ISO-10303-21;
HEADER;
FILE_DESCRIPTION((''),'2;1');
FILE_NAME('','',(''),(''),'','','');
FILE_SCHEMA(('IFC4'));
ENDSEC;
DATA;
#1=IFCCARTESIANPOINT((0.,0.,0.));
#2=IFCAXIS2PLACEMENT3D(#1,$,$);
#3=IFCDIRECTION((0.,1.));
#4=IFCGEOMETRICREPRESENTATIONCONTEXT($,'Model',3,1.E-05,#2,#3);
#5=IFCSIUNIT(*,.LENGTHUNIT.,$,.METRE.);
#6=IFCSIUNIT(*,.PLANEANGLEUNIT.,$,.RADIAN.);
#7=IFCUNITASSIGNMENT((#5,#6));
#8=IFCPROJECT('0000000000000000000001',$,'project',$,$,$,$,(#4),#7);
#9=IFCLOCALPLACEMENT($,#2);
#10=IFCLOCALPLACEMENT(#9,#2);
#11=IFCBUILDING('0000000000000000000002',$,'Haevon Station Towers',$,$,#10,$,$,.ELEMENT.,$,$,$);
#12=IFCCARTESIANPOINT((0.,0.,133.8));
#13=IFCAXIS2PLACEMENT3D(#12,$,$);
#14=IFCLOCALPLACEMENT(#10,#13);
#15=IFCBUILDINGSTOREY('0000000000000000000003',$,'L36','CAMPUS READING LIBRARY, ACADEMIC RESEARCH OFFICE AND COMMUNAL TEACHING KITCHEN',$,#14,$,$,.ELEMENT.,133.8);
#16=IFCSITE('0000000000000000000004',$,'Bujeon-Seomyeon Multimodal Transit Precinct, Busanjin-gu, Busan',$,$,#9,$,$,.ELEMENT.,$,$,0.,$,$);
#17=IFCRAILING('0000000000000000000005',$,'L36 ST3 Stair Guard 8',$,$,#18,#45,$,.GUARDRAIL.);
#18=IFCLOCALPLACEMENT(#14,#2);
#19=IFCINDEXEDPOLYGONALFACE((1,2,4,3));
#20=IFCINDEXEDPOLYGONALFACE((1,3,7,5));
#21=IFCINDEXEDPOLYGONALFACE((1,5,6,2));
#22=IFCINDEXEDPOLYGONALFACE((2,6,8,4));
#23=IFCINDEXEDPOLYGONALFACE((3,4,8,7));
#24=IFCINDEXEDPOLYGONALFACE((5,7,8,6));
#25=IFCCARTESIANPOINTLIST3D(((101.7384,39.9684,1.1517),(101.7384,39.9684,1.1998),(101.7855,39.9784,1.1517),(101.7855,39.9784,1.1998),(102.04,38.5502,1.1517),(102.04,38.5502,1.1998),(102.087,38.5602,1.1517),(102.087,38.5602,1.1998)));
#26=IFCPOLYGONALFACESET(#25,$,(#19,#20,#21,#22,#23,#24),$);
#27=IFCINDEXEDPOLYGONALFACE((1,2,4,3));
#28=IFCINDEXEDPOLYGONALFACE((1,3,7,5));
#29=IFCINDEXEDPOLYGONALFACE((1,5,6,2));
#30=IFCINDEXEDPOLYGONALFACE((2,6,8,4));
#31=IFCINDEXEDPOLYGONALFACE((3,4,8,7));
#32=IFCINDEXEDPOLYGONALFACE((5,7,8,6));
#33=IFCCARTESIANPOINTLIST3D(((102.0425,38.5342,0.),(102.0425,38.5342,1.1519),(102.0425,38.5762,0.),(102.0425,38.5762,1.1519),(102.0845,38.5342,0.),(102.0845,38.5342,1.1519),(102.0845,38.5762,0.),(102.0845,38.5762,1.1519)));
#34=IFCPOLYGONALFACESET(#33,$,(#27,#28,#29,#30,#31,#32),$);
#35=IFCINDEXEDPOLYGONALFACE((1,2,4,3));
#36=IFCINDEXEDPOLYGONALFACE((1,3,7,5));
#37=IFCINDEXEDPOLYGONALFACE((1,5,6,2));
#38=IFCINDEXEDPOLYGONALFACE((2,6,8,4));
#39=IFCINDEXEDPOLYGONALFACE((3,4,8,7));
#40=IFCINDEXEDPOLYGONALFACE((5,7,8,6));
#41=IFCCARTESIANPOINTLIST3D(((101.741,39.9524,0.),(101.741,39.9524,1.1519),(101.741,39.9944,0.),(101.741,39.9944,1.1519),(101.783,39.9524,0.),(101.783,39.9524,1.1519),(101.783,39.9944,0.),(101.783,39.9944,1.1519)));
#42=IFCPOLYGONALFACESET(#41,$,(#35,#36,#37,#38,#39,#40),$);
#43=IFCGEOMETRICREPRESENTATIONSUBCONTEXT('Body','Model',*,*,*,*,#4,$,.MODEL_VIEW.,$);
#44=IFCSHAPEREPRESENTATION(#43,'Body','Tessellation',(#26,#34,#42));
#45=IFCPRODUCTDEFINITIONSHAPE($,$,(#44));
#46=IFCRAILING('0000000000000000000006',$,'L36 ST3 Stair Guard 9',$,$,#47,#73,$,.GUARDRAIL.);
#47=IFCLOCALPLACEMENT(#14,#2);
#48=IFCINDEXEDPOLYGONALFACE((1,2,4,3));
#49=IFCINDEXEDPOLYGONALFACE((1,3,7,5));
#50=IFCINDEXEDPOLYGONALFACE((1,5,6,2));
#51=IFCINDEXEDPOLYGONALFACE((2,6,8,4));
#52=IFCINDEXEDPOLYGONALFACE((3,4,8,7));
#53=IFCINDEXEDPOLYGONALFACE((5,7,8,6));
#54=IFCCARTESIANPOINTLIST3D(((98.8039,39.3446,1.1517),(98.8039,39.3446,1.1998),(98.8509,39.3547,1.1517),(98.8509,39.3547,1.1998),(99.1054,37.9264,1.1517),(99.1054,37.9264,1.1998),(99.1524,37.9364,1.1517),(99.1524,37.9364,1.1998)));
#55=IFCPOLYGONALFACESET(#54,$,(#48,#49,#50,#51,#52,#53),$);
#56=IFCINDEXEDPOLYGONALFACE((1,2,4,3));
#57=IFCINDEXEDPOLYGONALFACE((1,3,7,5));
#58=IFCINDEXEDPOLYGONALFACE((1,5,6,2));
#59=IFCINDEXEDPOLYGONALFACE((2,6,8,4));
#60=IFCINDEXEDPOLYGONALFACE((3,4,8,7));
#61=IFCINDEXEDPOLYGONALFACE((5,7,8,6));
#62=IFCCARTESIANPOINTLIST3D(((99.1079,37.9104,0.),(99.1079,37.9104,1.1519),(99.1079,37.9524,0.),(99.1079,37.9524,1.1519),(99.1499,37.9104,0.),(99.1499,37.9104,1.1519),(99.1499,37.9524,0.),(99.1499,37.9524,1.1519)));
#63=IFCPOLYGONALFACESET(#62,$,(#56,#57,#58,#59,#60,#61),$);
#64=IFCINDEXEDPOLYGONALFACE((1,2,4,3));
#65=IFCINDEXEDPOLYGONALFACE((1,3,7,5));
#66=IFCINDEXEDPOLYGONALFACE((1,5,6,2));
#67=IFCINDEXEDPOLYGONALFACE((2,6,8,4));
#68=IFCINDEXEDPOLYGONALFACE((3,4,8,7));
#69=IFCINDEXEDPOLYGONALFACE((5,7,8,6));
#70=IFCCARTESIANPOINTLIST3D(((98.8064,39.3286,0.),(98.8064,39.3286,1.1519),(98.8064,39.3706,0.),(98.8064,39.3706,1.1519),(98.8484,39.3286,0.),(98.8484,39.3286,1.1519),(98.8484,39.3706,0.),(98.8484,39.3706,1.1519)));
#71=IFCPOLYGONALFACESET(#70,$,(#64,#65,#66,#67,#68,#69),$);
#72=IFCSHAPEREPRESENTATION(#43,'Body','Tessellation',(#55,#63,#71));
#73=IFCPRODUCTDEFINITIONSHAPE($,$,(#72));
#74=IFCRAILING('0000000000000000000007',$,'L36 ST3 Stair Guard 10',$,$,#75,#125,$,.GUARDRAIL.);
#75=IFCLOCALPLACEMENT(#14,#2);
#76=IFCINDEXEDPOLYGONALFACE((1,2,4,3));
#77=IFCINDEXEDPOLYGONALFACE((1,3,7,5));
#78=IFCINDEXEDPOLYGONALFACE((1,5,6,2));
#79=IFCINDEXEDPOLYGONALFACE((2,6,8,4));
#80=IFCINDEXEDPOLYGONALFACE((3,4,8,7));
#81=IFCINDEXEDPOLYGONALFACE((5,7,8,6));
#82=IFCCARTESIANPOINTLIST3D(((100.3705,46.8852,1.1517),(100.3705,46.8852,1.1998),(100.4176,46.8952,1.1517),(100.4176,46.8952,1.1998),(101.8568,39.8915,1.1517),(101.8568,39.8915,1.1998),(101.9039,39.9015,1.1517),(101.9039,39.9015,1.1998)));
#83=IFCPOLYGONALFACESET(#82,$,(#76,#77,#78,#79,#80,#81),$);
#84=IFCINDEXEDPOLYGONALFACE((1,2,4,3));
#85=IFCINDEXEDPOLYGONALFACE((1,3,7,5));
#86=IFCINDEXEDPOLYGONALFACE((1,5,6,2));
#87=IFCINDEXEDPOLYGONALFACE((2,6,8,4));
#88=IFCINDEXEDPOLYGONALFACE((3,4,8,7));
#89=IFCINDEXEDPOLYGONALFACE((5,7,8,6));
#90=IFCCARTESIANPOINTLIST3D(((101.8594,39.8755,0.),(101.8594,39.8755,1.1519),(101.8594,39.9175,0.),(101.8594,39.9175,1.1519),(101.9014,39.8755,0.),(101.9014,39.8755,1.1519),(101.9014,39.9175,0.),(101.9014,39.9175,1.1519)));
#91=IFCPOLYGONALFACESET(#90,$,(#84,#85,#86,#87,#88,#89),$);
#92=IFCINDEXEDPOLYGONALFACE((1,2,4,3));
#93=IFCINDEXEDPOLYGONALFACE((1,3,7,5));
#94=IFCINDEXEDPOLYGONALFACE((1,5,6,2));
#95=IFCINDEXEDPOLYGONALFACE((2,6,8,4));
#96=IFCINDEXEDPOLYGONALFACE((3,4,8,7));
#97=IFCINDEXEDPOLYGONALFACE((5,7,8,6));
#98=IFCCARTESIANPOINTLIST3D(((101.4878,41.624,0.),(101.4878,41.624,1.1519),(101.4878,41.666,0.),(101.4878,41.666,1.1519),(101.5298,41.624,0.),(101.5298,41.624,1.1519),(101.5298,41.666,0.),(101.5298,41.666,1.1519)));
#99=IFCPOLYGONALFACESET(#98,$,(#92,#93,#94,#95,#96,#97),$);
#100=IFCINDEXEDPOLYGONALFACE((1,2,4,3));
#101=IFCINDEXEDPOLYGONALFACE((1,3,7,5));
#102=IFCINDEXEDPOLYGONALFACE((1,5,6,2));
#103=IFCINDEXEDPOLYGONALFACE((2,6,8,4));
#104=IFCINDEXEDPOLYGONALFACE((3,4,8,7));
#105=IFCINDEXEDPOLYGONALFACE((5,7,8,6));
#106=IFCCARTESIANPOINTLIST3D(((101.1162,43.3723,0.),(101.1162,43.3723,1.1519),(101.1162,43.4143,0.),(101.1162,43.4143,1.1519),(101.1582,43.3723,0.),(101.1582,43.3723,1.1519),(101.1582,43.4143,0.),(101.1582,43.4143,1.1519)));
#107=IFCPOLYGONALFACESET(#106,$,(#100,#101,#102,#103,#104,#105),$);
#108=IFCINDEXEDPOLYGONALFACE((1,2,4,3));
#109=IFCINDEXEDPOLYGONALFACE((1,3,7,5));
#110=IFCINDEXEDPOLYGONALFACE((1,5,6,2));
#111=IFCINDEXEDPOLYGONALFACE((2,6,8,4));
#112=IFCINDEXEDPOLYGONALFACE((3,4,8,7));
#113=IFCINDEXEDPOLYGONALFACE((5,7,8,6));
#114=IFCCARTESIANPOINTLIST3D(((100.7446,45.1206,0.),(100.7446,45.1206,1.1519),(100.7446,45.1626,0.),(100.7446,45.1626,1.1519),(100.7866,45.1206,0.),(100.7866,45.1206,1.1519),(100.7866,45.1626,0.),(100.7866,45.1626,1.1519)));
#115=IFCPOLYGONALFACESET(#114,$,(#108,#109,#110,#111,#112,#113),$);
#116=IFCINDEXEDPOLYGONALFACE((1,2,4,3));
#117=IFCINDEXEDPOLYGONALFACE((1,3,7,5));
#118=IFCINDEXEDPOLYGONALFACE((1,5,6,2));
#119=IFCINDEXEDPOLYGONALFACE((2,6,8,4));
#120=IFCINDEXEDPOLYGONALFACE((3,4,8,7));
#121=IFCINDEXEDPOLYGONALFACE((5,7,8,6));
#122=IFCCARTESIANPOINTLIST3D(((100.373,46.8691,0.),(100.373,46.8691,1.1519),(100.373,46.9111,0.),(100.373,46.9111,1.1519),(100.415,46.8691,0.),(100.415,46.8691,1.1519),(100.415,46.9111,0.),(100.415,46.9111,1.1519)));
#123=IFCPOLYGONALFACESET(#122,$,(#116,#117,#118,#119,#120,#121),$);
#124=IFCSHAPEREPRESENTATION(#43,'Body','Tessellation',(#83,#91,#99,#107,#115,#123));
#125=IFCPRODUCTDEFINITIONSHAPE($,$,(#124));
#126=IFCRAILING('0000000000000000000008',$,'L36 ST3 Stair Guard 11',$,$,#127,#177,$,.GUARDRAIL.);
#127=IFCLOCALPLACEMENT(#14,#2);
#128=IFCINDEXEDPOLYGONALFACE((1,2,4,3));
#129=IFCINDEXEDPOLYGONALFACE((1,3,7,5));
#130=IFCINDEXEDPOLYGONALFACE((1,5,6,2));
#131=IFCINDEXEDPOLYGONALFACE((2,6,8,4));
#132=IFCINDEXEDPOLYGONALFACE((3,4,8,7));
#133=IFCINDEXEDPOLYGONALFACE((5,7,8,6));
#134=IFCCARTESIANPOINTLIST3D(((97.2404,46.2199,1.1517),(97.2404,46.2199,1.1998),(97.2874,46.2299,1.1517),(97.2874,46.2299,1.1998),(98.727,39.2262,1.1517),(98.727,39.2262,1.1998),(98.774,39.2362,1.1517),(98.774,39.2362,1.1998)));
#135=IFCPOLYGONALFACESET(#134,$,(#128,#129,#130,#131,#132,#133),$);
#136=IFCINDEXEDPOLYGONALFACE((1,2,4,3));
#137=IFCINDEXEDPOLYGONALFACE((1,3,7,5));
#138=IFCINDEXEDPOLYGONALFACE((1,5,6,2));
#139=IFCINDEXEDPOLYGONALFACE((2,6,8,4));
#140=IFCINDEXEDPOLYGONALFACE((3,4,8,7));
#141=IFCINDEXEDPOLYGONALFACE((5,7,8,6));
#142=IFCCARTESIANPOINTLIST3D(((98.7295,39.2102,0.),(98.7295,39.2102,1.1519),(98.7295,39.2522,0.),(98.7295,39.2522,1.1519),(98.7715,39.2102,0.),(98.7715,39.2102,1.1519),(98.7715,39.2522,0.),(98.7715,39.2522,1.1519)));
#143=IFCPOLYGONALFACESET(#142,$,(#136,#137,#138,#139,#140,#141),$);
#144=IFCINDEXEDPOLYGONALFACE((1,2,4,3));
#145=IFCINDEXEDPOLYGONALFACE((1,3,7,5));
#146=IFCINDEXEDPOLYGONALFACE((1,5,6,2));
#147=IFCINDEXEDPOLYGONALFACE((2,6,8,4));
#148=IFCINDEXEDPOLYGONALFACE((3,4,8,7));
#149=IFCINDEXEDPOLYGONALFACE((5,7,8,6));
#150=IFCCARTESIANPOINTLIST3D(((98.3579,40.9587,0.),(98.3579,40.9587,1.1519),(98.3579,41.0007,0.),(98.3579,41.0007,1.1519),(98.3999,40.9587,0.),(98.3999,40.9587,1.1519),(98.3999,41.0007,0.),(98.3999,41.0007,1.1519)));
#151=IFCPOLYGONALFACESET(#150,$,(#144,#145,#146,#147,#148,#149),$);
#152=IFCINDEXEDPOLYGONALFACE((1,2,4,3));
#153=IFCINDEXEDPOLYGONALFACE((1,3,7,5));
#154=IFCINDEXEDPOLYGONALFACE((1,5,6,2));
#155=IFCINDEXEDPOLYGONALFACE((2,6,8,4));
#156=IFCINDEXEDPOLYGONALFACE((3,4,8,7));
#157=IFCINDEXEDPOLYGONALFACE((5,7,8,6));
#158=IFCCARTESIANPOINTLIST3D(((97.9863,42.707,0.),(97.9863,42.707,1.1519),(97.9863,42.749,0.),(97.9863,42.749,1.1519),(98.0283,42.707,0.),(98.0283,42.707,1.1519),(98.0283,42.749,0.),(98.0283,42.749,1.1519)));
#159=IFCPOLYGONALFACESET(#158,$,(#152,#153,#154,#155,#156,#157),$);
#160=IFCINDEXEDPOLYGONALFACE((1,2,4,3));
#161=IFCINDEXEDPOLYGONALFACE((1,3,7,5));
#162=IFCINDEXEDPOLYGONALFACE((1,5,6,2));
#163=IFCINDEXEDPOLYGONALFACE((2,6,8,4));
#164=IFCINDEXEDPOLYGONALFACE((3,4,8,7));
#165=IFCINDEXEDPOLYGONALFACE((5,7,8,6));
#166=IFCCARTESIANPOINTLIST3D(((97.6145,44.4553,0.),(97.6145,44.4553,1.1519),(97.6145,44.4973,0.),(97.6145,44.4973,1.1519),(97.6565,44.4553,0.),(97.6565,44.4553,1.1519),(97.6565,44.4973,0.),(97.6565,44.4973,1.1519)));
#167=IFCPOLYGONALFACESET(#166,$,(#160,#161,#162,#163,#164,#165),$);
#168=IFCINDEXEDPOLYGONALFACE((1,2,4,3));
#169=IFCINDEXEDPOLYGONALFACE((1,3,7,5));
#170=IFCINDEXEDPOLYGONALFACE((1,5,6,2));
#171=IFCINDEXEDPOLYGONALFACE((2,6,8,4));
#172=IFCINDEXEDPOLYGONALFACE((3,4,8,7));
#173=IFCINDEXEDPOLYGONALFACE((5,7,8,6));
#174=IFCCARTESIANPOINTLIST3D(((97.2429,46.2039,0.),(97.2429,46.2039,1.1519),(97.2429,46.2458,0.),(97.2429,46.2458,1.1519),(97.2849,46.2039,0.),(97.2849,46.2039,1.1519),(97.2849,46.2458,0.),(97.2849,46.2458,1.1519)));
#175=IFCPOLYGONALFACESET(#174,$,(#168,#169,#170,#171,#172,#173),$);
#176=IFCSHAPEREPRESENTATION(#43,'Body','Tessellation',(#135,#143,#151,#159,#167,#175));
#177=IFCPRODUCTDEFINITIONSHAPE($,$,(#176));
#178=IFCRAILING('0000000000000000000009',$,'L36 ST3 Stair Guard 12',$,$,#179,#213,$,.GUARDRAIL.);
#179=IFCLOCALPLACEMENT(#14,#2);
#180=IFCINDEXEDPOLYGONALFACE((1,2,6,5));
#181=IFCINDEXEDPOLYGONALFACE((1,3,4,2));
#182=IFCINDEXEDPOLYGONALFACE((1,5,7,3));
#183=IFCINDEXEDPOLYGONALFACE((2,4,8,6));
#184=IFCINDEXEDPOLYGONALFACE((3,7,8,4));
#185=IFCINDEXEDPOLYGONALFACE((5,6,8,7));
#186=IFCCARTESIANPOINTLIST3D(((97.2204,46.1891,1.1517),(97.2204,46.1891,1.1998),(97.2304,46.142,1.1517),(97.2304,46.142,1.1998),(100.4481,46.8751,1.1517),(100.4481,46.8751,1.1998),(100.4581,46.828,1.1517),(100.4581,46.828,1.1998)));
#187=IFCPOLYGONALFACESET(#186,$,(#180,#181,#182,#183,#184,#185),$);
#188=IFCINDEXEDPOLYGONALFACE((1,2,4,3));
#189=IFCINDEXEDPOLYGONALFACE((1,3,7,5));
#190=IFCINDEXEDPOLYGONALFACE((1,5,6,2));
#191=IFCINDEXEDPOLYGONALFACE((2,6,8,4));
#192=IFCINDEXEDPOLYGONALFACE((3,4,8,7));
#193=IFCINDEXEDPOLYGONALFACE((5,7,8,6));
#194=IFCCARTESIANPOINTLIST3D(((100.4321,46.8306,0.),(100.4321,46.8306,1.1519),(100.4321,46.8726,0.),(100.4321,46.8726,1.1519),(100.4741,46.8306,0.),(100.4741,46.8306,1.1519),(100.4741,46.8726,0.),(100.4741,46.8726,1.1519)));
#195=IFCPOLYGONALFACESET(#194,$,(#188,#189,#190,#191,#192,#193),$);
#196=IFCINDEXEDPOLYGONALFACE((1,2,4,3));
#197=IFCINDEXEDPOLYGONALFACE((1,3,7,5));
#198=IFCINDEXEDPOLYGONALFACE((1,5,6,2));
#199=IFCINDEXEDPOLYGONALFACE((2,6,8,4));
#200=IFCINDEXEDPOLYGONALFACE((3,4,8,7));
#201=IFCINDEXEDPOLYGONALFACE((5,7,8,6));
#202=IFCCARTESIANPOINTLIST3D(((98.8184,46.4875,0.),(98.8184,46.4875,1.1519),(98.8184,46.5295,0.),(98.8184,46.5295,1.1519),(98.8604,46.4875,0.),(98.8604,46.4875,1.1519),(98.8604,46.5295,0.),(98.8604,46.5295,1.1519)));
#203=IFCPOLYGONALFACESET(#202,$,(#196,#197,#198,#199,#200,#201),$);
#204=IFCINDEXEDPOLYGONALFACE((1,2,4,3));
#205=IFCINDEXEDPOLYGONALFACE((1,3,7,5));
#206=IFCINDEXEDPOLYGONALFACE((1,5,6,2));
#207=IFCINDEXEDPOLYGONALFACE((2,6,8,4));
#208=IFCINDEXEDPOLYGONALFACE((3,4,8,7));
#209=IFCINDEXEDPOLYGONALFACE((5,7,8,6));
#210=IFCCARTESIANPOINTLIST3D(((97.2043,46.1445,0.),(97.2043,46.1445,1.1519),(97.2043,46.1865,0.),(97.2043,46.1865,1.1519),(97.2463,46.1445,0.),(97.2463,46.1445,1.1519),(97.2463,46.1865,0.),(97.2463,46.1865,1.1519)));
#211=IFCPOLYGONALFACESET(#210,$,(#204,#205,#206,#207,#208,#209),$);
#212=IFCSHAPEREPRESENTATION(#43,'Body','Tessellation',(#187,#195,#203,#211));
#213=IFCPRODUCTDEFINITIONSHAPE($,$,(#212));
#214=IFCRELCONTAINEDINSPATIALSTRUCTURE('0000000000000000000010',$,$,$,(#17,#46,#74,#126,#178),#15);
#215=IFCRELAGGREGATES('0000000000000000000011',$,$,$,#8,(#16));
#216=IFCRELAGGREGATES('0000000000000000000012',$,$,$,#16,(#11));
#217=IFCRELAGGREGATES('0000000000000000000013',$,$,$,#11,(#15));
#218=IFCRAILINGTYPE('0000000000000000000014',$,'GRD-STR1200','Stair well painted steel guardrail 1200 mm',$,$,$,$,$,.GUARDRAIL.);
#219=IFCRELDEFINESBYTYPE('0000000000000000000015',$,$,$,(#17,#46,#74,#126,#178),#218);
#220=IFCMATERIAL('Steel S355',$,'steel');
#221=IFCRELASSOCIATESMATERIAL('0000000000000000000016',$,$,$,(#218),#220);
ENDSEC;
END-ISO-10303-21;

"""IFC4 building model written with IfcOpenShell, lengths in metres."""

from ifc_helpers import new_model, si_unit, direction, frame, origin, origin_2d, place, context, subcontext, project, spatial, rectangle, extrude, material, type_object, element, save


model = new_model("IFC4")

# Units and contexts
model_context = context("Model", 3, precision=1e-05, world=origin(), true_north=direction((0.0, 1.0)))
body_context = subcontext(model_context, "Body", "Model", "MODEL_VIEW")
ifc_project = project(units=[si_unit("LENGTHUNIT", "METRE"), si_unit("PLANEANGLEUNIT", "RADIAN")], contexts=[model_context])

# Site, building, storey
site_placement = place(None, origin())
site = spatial("IfcSite", under=ifc_project, at=site_placement, Name="Bujeon-Seomyeon Multimodal Transit Precinct, Busanjin-gu, Busan", CompositionType="ELEMENT", RefElevation=0.0)
building_placement = place(site_placement, origin())
building = spatial("IfcBuilding", under=site, at=building_placement, Name="Haevon Station Towers", CompositionType="ELEMENT")
storey_placement = place(building_placement, frame((0.0, 0.0, 133.8)))
storey = spatial("IfcBuildingStorey", under=building, at=storey_placement, Name="L36", Description="CAMPUS READING LIBRARY, ACADEMIC RESEARCH OFFICE AND COMMUNAL TEACHING KITCHEN", CompositionType="ELEMENT", Elevation=133.8)

# Shared definitions
ifc_material_1 = material(Name="Steel S355", Category="steel")

# Railings
railing_type_1 = type_object("IfcRailingType", Name="GRD-STR1200", Description="Stair well painted steel guardrail 1200 mm", PredefinedType="GUARDRAIL", material=ifc_material_1)
for number, where, name in (
    (1, (102.0635, 38.5552, 0.0), "L36 ST3 Stair Guard 8"),
    (2, (99.1289, 37.9314, 0.0), "L36 ST3 Stair Guard 9"),
):
    element("IfcRailing", number, at=place(storey_placement, frame(where)), inside=storey, type_object=railing_type_1, Name=name, PredefinedType="GUARDRAIL", context=body_context, shape_type="SweptSolid", body=[
        extrude(rectangle(XDim=0.0481, YDim=0.0481, at=origin_2d()), frame((0.0, 0.0, 1.1758), z_axis=(-0.207953, 0.978139, 0.0), x_axis=(-0.978139, -0.207953, 0.0)), (0.0, 0.0, 1.0), 1.45),
        extrude(rectangle(XDim=0.042, YDim=0.042, at=origin_2d()), origin(), (0.0, 0.0, 1.0), 1.1519),
        extrude(rectangle(XDim=0.042, YDim=0.042, at=origin_2d()), frame((-0.3015, 1.4182, 0.0)), (0.0, 0.0, 1.0), 1.1519),
    ])
railing_1_placement = place(storey_placement, frame((101.8804, 39.8965, 0.0)))
element("IfcRailing", 3, at=railing_1_placement, inside=storey, type_object=railing_type_1, Name="L36 ST3 Stair Guard 10", PredefinedType="GUARDRAIL", context=body_context, shape_type="SweptSolid", body=[
    extrude(rectangle(XDim=0.0481, YDim=0.0481, at=origin_2d()), frame((0.0, 0.0, 1.1758), z_axis=(-0.207882, 0.978154, 0.0), x_axis=(-0.978154, -0.207882, 0.0)), (0.0, 0.0, 1.0), 7.1499),
    extrude(rectangle(XDim=0.042, YDim=0.042, at=origin_2d()), origin(), (0.0, 0.0, 1.0), 1.1519),
    extrude(rectangle(XDim=0.042, YDim=0.042, at=origin_2d()), frame((-0.3716, 1.7485, 0.0)), (0.0, 0.0, 1.0), 1.1519),
    extrude(rectangle(XDim=0.042, YDim=0.042, at=origin_2d()), frame((-0.7432, 3.4968, 0.0)), (0.0, 0.0, 1.0), 1.1519),
    extrude(rectangle(XDim=0.042, YDim=0.042, at=origin_2d()), frame((-1.1147, 5.2451, 0.0)), (0.0, 0.0, 1.0), 1.1519),
    extrude(rectangle(XDim=0.042, YDim=0.042, at=origin_2d()), frame((-1.4863, 6.9937, 0.0)), (0.0, 0.0, 1.0), 1.1519),
])
railing_2_placement = place(storey_placement, frame((98.7505, 39.2312, 0.0)))
element("IfcRailing", 4, at=railing_2_placement, inside=storey, type_object=railing_type_1, Name="L36 ST3 Stair Guard 11", PredefinedType="GUARDRAIL", context=body_context, shape_type="SweptSolid", body=[
    extrude(rectangle(XDim=0.0481, YDim=0.0481, at=origin_2d()), frame((0.0, 0.0, 1.1758), z_axis=(-0.207915, 0.978147, 0.0), x_axis=(-0.978147, -0.207915, 0.0)), (0.0, 0.0, 1.0), 7.1499),
    extrude(rectangle(XDim=0.042, YDim=0.042, at=origin_2d()), origin(), (0.0, 0.0, 1.0), 1.1519),
    extrude(rectangle(XDim=0.042, YDim=0.042, at=origin_2d()), frame((-0.3716, 1.7485, 0.0)), (0.0, 0.0, 1.0), 1.1519),
    extrude(rectangle(XDim=0.042, YDim=0.042, at=origin_2d()), frame((-0.7432, 3.4968, 0.0)), (0.0, 0.0, 1.0), 1.1519),
    extrude(rectangle(XDim=0.042, YDim=0.042, at=origin_2d()), frame((-1.115, 5.2451, 0.0)), (0.0, 0.0, 1.0), 1.1519),
    extrude(rectangle(XDim=0.042, YDim=0.042, at=origin_2d()), frame((-1.4866, 6.9937, 0.0)), (0.0, 0.0, 1.0), 1.1519),
])
railing_3_placement = place(storey_placement, frame((100.4531, 46.8516, 0.0)))
element("IfcRailing", 5, at=railing_3_placement, inside=storey, type_object=railing_type_1, Name="L36 ST3 Stair Guard 12", PredefinedType="GUARDRAIL", context=body_context, shape_type="SweptSolid", body=[
    extrude(rectangle(XDim=0.0481, YDim=0.0481, at=origin_2d()), frame((0.0, 0.0, 1.1758), z_axis=(-0.978151, -0.207897, 0.0), x_axis=(0.207897, -0.978151, 0.0)), (0.0, 0.0, 1.0), 3.2998),
    extrude(rectangle(XDim=0.042, YDim=0.042, at=origin_2d()), origin(), (0.0, 0.0, 1.0), 1.1519),
    extrude(rectangle(XDim=0.042, YDim=0.042, at=origin_2d()), frame((-1.6138, -0.343, 0.0)), (0.0, 0.0, 1.0), 1.1519),
    extrude(rectangle(XDim=0.042, YDim=0.042, at=origin_2d()), frame((-3.2278, -0.686, 0.0)), (0.0, 0.0, 1.0), 1.1519),
])

save(model, "model.ifc")
